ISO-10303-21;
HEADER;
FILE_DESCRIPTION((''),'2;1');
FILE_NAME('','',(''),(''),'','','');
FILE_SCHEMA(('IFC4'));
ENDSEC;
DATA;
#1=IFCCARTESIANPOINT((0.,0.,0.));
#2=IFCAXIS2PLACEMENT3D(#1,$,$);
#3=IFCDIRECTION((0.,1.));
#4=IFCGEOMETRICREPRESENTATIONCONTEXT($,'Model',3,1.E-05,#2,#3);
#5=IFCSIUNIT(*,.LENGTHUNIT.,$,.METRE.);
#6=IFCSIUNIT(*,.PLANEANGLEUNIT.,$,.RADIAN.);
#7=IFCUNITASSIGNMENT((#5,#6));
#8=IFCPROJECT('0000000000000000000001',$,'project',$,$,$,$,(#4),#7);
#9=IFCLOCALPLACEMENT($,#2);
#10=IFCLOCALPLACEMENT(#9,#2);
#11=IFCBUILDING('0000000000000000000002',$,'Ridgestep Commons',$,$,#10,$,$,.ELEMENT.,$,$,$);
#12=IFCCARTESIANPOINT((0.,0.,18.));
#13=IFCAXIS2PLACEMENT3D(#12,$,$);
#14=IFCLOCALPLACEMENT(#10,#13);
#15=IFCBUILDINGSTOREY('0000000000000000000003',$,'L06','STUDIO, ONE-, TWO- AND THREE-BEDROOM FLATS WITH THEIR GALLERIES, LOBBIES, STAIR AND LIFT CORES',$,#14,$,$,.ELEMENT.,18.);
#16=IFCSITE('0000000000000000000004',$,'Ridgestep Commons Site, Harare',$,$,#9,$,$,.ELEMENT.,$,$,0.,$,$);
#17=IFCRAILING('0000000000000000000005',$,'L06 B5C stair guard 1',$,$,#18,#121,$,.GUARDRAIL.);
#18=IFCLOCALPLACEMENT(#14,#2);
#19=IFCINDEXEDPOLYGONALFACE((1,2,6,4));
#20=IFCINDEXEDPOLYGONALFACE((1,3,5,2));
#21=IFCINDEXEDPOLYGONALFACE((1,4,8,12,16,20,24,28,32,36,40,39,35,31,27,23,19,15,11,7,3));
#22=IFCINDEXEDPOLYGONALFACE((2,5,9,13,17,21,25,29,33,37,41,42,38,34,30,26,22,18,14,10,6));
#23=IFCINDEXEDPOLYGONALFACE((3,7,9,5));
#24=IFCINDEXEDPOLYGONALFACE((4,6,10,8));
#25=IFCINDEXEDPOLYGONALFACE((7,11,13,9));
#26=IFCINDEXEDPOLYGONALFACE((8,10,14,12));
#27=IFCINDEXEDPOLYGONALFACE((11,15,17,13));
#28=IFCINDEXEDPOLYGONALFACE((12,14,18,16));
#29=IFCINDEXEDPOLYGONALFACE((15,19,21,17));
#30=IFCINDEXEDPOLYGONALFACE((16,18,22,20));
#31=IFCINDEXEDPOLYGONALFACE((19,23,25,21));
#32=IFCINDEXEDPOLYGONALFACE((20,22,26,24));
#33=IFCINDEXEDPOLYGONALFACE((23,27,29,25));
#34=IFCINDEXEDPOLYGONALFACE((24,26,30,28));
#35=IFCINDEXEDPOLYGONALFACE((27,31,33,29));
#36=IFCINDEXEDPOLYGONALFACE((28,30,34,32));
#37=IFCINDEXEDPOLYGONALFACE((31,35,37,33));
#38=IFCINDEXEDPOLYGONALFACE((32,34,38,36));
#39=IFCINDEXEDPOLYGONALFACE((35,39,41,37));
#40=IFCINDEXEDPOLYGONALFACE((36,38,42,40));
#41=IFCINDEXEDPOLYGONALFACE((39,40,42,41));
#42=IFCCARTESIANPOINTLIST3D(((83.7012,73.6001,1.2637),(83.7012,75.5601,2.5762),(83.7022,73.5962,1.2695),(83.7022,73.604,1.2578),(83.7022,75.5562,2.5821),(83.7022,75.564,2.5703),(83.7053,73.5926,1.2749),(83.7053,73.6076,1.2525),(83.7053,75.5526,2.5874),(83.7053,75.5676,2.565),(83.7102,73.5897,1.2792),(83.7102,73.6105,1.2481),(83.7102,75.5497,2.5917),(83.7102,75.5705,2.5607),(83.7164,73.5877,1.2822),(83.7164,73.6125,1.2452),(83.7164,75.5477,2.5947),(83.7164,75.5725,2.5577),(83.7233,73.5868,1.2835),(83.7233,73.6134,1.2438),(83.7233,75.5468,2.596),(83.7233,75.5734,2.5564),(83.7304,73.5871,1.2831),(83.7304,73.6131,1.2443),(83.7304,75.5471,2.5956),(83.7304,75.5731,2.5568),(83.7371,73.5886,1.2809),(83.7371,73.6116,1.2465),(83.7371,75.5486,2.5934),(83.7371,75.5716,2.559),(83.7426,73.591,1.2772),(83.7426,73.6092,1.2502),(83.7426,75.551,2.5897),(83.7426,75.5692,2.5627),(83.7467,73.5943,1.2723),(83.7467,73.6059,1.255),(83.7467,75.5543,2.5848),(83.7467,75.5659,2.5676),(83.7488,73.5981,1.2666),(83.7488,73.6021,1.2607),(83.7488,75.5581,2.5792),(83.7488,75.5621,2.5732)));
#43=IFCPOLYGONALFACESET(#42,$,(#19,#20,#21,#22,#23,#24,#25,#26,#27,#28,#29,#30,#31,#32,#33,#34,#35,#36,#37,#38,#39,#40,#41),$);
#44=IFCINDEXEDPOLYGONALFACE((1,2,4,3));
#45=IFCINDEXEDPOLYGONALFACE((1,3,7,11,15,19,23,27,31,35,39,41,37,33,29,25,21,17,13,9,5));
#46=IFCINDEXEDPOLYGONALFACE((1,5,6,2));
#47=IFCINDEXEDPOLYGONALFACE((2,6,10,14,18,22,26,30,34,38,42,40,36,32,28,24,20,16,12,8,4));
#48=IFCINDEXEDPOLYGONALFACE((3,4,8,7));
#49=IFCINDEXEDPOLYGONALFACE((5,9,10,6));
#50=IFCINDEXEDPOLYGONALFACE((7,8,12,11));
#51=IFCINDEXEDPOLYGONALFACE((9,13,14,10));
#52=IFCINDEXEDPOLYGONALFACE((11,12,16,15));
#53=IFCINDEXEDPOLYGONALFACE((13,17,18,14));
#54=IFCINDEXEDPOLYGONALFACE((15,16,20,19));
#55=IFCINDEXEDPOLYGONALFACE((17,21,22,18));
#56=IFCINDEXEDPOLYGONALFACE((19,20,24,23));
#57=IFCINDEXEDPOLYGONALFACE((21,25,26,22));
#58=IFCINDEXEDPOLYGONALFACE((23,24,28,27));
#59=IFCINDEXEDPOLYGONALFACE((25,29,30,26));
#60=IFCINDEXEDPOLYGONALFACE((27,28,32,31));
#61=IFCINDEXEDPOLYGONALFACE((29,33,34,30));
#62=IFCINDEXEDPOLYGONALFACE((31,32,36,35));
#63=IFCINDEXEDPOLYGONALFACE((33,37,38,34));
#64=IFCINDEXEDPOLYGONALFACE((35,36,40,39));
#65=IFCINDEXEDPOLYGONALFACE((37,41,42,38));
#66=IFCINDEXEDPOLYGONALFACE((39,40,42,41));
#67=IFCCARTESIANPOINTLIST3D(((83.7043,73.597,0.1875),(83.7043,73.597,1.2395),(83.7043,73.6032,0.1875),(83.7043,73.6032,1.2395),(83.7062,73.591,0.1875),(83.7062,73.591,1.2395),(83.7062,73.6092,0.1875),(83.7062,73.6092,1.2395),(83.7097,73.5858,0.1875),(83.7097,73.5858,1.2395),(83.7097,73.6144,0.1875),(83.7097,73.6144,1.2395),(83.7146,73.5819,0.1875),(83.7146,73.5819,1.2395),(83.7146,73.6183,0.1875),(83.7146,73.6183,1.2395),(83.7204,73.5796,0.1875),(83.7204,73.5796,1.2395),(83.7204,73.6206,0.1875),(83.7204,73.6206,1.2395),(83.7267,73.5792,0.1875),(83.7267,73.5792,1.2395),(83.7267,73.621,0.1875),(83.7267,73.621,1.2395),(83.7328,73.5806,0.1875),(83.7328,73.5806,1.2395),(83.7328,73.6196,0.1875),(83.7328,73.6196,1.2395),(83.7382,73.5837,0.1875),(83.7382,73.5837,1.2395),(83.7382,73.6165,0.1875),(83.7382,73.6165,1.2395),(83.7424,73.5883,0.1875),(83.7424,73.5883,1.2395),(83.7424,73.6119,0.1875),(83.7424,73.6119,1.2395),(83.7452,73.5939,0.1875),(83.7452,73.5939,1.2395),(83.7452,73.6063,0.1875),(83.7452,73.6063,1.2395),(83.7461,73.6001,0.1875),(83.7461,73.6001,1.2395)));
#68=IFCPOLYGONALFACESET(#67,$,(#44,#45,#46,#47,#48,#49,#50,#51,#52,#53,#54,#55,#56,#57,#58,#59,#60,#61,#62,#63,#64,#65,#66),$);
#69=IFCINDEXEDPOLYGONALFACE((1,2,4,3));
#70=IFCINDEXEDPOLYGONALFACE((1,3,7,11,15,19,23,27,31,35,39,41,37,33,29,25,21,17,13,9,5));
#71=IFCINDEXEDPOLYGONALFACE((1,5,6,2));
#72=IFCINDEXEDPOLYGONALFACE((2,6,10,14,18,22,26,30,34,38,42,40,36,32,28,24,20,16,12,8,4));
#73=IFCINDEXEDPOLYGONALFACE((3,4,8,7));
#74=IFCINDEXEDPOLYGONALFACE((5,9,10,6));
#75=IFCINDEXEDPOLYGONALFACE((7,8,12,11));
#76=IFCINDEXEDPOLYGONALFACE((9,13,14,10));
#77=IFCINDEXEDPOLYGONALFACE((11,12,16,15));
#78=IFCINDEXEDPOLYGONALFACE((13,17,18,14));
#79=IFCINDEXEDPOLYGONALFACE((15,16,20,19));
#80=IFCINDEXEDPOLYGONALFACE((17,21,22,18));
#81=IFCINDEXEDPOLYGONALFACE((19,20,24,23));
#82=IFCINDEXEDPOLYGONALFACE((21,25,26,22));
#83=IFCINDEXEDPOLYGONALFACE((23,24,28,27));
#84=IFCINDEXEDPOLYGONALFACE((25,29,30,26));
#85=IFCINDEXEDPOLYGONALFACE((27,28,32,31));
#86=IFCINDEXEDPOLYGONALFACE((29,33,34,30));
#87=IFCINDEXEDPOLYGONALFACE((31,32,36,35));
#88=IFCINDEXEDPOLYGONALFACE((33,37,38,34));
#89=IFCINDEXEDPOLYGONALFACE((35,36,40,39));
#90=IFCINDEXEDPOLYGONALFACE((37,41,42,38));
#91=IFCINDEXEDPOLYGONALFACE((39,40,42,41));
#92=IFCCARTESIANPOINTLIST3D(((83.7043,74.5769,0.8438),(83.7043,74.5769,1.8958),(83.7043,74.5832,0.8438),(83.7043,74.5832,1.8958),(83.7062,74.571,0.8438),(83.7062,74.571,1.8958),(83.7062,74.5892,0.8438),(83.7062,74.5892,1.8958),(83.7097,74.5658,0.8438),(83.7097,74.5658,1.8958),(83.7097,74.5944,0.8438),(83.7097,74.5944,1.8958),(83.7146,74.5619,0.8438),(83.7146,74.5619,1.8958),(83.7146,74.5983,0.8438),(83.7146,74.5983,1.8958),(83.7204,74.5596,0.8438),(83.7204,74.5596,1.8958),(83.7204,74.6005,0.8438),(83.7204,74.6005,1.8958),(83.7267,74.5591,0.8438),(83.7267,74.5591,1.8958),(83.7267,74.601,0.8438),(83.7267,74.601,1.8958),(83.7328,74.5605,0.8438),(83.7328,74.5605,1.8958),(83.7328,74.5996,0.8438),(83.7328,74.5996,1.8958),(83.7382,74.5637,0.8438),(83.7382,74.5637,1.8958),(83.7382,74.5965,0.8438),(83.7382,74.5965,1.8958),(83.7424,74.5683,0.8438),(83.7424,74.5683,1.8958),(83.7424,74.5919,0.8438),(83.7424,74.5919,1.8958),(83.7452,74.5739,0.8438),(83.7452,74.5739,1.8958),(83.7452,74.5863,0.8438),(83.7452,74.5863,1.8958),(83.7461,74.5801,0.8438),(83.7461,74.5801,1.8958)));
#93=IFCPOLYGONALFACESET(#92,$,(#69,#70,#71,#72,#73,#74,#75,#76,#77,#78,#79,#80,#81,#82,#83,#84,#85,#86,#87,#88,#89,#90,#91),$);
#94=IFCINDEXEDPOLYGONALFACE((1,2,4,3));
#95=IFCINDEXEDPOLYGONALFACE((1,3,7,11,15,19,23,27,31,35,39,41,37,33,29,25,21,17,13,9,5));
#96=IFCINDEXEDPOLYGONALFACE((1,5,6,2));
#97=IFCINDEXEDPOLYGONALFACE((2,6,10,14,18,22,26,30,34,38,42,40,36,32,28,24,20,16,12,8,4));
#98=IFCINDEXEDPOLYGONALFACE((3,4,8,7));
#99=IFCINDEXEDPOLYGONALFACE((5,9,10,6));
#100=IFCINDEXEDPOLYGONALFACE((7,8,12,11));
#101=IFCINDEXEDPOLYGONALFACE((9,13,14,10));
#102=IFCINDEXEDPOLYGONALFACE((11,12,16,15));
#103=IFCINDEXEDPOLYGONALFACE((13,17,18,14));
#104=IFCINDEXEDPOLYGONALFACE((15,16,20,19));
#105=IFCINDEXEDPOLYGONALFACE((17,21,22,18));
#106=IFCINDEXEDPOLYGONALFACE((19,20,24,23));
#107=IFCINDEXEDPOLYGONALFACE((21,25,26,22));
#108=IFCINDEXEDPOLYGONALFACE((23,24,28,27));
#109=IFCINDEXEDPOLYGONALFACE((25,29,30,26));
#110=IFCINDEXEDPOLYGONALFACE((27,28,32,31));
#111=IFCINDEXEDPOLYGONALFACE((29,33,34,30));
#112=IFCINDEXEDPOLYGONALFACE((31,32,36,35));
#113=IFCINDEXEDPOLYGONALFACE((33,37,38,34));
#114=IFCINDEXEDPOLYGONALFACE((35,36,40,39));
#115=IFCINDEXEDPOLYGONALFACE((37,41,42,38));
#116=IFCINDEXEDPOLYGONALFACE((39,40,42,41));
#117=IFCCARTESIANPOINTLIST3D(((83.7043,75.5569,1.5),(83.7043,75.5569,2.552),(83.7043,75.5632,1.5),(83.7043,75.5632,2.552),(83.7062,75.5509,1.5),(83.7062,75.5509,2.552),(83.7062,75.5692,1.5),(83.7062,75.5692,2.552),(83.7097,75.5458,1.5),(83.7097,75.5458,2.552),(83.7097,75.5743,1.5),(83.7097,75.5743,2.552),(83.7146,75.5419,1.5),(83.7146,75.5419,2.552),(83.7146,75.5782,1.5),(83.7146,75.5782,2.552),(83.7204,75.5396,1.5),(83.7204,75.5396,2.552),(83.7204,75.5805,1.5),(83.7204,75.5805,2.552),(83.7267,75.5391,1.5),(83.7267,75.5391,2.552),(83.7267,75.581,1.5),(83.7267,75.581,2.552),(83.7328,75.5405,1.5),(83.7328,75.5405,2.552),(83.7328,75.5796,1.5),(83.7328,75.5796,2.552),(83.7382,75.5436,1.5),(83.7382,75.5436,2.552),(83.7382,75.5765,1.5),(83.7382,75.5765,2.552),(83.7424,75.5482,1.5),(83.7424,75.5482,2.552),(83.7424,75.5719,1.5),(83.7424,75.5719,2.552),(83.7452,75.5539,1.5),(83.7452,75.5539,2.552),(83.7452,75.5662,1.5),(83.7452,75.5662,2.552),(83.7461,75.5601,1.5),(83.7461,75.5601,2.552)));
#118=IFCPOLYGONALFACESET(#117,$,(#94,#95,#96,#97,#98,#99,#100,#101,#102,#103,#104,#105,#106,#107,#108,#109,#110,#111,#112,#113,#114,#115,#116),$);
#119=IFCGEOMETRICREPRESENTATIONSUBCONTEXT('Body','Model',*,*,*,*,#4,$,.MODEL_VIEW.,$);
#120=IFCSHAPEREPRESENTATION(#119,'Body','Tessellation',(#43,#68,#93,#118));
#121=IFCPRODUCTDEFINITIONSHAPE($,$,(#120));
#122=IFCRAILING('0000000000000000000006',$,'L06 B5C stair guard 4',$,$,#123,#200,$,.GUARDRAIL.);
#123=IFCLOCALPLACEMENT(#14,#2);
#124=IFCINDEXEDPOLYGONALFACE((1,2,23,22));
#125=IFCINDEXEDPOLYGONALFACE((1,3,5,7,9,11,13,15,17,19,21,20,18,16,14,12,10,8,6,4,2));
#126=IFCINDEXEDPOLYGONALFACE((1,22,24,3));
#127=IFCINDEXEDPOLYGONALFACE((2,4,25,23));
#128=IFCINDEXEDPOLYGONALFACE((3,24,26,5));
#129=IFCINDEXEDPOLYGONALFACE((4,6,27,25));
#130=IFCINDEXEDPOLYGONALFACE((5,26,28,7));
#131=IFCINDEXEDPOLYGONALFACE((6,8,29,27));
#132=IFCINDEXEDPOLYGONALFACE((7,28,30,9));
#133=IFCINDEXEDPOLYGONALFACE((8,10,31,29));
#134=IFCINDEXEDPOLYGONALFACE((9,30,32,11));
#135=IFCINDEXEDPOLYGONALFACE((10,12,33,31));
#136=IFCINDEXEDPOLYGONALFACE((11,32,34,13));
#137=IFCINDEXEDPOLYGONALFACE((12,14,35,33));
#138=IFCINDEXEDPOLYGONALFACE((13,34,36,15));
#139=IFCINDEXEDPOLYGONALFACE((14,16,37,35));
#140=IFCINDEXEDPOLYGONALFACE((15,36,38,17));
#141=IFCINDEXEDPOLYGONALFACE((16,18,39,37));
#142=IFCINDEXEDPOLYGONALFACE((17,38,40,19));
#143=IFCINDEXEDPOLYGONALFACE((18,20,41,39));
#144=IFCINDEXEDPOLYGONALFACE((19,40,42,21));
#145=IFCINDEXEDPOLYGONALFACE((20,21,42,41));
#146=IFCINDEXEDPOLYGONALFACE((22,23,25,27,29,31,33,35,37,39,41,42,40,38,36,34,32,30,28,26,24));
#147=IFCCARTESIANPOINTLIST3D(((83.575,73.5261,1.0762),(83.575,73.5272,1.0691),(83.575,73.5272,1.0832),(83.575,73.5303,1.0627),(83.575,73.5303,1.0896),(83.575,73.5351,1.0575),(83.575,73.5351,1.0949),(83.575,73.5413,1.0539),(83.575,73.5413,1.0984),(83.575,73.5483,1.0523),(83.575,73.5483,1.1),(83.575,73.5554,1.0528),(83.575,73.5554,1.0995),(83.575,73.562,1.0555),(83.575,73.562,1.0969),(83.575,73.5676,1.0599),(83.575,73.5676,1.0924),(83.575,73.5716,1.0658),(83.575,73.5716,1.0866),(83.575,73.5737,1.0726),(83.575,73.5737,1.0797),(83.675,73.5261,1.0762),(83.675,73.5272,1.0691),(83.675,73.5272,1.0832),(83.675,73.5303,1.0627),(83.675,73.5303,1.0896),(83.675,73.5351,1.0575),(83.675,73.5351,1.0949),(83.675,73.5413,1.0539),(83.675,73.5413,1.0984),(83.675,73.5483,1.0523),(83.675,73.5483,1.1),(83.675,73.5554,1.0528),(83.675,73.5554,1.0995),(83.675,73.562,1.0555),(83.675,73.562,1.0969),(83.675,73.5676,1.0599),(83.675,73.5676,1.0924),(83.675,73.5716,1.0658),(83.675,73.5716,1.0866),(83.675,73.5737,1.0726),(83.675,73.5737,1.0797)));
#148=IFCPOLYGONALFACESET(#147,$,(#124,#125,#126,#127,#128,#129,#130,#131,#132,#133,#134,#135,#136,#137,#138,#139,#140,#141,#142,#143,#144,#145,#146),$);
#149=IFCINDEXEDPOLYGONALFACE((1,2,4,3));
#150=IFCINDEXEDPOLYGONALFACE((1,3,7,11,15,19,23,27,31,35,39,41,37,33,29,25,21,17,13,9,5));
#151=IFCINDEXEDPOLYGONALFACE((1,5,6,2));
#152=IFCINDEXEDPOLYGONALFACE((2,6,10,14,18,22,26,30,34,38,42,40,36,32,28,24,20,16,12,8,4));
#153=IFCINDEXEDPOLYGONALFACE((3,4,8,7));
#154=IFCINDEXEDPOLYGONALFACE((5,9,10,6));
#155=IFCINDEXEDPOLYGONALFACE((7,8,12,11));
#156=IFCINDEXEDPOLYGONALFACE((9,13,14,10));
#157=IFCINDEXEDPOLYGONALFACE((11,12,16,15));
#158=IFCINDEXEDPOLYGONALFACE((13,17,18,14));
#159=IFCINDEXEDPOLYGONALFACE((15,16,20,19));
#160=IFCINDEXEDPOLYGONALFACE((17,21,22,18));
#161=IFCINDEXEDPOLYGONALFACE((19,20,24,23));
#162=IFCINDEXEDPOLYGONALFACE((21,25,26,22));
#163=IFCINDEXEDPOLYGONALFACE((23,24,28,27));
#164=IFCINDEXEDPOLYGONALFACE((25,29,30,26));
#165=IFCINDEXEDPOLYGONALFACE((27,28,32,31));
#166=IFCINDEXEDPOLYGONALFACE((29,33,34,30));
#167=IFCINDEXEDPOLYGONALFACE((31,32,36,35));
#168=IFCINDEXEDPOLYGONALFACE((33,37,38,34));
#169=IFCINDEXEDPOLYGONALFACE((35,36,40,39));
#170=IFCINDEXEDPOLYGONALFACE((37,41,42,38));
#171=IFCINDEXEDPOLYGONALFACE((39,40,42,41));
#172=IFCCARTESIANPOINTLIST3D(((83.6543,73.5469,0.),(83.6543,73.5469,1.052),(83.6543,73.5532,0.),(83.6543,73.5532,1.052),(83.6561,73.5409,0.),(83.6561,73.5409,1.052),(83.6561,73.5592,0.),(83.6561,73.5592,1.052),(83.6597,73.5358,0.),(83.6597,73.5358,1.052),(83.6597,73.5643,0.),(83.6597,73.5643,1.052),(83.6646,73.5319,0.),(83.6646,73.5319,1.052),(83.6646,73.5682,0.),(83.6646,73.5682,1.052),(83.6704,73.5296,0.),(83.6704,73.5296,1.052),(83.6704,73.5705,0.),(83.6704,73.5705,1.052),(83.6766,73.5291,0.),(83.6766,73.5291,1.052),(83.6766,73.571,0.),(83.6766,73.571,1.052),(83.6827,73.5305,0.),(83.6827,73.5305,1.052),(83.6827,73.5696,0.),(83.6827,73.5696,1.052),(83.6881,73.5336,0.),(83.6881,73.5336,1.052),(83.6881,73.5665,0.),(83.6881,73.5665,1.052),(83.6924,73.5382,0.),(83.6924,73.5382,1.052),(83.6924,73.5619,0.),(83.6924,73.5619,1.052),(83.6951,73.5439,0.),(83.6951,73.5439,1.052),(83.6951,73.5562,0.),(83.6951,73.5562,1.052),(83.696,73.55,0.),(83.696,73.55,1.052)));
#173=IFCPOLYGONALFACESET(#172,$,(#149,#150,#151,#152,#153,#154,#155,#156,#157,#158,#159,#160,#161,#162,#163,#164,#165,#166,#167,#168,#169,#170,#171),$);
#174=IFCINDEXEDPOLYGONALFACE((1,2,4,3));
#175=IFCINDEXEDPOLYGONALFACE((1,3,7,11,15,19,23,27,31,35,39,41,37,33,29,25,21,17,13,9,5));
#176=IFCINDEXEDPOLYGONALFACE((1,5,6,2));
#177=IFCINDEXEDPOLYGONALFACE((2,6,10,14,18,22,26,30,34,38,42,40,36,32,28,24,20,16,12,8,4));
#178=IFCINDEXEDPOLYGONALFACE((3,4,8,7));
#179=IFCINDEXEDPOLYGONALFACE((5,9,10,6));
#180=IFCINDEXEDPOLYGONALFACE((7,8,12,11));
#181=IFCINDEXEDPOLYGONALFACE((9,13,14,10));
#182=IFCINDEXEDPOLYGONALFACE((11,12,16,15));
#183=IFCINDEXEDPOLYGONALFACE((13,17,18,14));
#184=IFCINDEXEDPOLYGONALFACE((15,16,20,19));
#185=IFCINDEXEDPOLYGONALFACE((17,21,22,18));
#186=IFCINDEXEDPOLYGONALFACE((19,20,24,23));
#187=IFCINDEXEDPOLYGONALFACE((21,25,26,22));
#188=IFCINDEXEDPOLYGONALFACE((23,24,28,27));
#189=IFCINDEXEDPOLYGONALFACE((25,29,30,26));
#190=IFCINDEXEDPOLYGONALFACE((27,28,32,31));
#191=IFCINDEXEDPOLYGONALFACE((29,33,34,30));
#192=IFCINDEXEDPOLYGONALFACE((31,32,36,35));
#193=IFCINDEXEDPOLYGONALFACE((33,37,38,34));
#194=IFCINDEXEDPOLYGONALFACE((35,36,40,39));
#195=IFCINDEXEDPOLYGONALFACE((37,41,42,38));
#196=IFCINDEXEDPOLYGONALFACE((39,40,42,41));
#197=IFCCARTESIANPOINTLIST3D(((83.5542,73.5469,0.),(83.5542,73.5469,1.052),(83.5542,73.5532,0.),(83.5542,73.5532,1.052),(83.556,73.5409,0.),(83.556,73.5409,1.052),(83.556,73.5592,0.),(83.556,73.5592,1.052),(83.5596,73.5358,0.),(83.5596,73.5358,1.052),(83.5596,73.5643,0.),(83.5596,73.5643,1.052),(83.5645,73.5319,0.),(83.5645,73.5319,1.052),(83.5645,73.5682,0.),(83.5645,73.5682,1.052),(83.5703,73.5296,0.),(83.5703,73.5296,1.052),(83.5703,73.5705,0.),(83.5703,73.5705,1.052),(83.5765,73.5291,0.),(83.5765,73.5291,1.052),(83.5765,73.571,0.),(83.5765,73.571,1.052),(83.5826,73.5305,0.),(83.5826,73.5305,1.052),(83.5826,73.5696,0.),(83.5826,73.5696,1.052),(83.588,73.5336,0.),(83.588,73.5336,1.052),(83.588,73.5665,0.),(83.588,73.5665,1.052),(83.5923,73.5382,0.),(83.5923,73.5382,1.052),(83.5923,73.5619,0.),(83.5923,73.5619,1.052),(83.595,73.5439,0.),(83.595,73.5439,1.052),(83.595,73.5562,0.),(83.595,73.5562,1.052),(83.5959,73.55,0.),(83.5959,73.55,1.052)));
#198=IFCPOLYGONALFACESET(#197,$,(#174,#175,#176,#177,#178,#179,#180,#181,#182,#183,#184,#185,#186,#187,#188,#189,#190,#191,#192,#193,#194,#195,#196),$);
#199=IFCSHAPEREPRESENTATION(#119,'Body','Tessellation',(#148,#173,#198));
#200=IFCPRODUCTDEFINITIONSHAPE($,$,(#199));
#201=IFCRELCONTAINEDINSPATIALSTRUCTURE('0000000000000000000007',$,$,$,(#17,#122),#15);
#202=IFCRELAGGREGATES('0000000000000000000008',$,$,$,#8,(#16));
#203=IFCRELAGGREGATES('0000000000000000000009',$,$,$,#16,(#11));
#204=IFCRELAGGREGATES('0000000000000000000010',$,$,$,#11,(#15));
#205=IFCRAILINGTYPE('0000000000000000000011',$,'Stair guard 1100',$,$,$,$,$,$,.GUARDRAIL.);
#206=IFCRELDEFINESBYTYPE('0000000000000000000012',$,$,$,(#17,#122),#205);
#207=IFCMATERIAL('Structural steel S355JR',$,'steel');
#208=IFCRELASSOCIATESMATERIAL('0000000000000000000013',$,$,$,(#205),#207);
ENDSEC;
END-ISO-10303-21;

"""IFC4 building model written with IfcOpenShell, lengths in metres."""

from ifc_helpers import new_model, si_unit, direction, frame, origin, origin_2d, place, context, subcontext, project, spatial, circle, extrude, material, type_object, element, save


model = new_model("IFC4")

# Units and contexts
model_context = context("Model", 3, precision=1e-05, world=origin(), true_north=direction((0.0, 1.0)))
body_context = subcontext(model_context, "Body", "Model", "MODEL_VIEW")
ifc_project = project(units=[si_unit("LENGTHUNIT", "METRE"), si_unit("PLANEANGLEUNIT", "RADIAN")], contexts=[model_context])

# Site, building, storey
site_placement = place(None, origin())
site = spatial("IfcSite", under=ifc_project, at=site_placement, Name="Ridgestep Commons Site, Harare", CompositionType="ELEMENT", RefElevation=0.0)
building_placement = place(site_placement, origin())
building = spatial("IfcBuilding", under=site, at=building_placement, Name="Ridgestep Commons", CompositionType="ELEMENT")
storey_placement = place(building_placement, frame((0.0, 0.0, 18.0)))
storey = spatial("IfcBuildingStorey", under=building, at=storey_placement, Name="L06", Description="STUDIO, ONE-, TWO- AND THREE-BEDROOM FLATS WITH THEIR GALLERIES, LOBBIES, STAIR AND LIFT CORES", CompositionType="ELEMENT", Elevation=18.0)

# Railings
ifc_material_1 = material(Name="Structural steel S355JR", Category="steel")
railing_type_1 = type_object("IfcRailingType", Name="Stair guard 1100", PredefinedType="GUARDRAIL", material=ifc_material_1)
railing_1_placement = place(storey_placement, frame((83.7251, 73.6001, 0.1875)))
element("IfcRailing", 1, at=railing_1_placement, inside=storey, type_object=railing_type_1, Name="L06 B5C stair guard 1", PredefinedType="GUARDRAIL", context=body_context, shape_type="SweptSolid", body=[
    extrude(circle(Radius=0.0239, at=origin_2d()), frame((0.0, 0.0, 1.0762), z_axis=(0.0, 0.830902, 0.556419), x_axis=(-1.0, 0.0, 0.0)), (0.0, 0.0, 1.0), 2.3589),
    extrude(circle(Radius=0.021, at=origin_2d()), origin(), (0.0, 0.0, 1.0), 1.052),
    extrude(circle(Radius=0.021, at=origin_2d()), frame((0.0, 0.98, 0.6562)), (0.0, 0.0, 1.0), 1.052),
    extrude(circle(Radius=0.021, at=origin_2d()), frame((0.0, 1.96, 1.3125)), (0.0, 0.0, 1.0), 1.052),
])
railing_2_placement = place(storey_placement, frame((83.675, 73.55, 0.0)))
element("IfcRailing", 2, at=railing_2_placement, inside=storey, type_object=railing_type_1, Name="L06 B5C stair guard 4", PredefinedType="GUARDRAIL", context=body_context, shape_type="SweptSolid", body=[
    extrude(circle(Radius=0.0239, at=origin_2d()), frame((0.0, 0.0, 1.0762), z_axis=(-1.0, 0.0, 0.0), x_axis=(0.0, -1.0, 0.0)), (0.0, 0.0, 1.0), 0.1001),
    extrude(circle(Radius=0.021, at=origin_2d()), origin(), (0.0, 0.0, 1.0), 1.052),
    extrude(circle(Radius=0.021, at=origin_2d()), frame((-0.1001, 0.0, 0.0)), (0.0, 0.0, 1.0), 1.052),
])

save(model, "model.ifc")
